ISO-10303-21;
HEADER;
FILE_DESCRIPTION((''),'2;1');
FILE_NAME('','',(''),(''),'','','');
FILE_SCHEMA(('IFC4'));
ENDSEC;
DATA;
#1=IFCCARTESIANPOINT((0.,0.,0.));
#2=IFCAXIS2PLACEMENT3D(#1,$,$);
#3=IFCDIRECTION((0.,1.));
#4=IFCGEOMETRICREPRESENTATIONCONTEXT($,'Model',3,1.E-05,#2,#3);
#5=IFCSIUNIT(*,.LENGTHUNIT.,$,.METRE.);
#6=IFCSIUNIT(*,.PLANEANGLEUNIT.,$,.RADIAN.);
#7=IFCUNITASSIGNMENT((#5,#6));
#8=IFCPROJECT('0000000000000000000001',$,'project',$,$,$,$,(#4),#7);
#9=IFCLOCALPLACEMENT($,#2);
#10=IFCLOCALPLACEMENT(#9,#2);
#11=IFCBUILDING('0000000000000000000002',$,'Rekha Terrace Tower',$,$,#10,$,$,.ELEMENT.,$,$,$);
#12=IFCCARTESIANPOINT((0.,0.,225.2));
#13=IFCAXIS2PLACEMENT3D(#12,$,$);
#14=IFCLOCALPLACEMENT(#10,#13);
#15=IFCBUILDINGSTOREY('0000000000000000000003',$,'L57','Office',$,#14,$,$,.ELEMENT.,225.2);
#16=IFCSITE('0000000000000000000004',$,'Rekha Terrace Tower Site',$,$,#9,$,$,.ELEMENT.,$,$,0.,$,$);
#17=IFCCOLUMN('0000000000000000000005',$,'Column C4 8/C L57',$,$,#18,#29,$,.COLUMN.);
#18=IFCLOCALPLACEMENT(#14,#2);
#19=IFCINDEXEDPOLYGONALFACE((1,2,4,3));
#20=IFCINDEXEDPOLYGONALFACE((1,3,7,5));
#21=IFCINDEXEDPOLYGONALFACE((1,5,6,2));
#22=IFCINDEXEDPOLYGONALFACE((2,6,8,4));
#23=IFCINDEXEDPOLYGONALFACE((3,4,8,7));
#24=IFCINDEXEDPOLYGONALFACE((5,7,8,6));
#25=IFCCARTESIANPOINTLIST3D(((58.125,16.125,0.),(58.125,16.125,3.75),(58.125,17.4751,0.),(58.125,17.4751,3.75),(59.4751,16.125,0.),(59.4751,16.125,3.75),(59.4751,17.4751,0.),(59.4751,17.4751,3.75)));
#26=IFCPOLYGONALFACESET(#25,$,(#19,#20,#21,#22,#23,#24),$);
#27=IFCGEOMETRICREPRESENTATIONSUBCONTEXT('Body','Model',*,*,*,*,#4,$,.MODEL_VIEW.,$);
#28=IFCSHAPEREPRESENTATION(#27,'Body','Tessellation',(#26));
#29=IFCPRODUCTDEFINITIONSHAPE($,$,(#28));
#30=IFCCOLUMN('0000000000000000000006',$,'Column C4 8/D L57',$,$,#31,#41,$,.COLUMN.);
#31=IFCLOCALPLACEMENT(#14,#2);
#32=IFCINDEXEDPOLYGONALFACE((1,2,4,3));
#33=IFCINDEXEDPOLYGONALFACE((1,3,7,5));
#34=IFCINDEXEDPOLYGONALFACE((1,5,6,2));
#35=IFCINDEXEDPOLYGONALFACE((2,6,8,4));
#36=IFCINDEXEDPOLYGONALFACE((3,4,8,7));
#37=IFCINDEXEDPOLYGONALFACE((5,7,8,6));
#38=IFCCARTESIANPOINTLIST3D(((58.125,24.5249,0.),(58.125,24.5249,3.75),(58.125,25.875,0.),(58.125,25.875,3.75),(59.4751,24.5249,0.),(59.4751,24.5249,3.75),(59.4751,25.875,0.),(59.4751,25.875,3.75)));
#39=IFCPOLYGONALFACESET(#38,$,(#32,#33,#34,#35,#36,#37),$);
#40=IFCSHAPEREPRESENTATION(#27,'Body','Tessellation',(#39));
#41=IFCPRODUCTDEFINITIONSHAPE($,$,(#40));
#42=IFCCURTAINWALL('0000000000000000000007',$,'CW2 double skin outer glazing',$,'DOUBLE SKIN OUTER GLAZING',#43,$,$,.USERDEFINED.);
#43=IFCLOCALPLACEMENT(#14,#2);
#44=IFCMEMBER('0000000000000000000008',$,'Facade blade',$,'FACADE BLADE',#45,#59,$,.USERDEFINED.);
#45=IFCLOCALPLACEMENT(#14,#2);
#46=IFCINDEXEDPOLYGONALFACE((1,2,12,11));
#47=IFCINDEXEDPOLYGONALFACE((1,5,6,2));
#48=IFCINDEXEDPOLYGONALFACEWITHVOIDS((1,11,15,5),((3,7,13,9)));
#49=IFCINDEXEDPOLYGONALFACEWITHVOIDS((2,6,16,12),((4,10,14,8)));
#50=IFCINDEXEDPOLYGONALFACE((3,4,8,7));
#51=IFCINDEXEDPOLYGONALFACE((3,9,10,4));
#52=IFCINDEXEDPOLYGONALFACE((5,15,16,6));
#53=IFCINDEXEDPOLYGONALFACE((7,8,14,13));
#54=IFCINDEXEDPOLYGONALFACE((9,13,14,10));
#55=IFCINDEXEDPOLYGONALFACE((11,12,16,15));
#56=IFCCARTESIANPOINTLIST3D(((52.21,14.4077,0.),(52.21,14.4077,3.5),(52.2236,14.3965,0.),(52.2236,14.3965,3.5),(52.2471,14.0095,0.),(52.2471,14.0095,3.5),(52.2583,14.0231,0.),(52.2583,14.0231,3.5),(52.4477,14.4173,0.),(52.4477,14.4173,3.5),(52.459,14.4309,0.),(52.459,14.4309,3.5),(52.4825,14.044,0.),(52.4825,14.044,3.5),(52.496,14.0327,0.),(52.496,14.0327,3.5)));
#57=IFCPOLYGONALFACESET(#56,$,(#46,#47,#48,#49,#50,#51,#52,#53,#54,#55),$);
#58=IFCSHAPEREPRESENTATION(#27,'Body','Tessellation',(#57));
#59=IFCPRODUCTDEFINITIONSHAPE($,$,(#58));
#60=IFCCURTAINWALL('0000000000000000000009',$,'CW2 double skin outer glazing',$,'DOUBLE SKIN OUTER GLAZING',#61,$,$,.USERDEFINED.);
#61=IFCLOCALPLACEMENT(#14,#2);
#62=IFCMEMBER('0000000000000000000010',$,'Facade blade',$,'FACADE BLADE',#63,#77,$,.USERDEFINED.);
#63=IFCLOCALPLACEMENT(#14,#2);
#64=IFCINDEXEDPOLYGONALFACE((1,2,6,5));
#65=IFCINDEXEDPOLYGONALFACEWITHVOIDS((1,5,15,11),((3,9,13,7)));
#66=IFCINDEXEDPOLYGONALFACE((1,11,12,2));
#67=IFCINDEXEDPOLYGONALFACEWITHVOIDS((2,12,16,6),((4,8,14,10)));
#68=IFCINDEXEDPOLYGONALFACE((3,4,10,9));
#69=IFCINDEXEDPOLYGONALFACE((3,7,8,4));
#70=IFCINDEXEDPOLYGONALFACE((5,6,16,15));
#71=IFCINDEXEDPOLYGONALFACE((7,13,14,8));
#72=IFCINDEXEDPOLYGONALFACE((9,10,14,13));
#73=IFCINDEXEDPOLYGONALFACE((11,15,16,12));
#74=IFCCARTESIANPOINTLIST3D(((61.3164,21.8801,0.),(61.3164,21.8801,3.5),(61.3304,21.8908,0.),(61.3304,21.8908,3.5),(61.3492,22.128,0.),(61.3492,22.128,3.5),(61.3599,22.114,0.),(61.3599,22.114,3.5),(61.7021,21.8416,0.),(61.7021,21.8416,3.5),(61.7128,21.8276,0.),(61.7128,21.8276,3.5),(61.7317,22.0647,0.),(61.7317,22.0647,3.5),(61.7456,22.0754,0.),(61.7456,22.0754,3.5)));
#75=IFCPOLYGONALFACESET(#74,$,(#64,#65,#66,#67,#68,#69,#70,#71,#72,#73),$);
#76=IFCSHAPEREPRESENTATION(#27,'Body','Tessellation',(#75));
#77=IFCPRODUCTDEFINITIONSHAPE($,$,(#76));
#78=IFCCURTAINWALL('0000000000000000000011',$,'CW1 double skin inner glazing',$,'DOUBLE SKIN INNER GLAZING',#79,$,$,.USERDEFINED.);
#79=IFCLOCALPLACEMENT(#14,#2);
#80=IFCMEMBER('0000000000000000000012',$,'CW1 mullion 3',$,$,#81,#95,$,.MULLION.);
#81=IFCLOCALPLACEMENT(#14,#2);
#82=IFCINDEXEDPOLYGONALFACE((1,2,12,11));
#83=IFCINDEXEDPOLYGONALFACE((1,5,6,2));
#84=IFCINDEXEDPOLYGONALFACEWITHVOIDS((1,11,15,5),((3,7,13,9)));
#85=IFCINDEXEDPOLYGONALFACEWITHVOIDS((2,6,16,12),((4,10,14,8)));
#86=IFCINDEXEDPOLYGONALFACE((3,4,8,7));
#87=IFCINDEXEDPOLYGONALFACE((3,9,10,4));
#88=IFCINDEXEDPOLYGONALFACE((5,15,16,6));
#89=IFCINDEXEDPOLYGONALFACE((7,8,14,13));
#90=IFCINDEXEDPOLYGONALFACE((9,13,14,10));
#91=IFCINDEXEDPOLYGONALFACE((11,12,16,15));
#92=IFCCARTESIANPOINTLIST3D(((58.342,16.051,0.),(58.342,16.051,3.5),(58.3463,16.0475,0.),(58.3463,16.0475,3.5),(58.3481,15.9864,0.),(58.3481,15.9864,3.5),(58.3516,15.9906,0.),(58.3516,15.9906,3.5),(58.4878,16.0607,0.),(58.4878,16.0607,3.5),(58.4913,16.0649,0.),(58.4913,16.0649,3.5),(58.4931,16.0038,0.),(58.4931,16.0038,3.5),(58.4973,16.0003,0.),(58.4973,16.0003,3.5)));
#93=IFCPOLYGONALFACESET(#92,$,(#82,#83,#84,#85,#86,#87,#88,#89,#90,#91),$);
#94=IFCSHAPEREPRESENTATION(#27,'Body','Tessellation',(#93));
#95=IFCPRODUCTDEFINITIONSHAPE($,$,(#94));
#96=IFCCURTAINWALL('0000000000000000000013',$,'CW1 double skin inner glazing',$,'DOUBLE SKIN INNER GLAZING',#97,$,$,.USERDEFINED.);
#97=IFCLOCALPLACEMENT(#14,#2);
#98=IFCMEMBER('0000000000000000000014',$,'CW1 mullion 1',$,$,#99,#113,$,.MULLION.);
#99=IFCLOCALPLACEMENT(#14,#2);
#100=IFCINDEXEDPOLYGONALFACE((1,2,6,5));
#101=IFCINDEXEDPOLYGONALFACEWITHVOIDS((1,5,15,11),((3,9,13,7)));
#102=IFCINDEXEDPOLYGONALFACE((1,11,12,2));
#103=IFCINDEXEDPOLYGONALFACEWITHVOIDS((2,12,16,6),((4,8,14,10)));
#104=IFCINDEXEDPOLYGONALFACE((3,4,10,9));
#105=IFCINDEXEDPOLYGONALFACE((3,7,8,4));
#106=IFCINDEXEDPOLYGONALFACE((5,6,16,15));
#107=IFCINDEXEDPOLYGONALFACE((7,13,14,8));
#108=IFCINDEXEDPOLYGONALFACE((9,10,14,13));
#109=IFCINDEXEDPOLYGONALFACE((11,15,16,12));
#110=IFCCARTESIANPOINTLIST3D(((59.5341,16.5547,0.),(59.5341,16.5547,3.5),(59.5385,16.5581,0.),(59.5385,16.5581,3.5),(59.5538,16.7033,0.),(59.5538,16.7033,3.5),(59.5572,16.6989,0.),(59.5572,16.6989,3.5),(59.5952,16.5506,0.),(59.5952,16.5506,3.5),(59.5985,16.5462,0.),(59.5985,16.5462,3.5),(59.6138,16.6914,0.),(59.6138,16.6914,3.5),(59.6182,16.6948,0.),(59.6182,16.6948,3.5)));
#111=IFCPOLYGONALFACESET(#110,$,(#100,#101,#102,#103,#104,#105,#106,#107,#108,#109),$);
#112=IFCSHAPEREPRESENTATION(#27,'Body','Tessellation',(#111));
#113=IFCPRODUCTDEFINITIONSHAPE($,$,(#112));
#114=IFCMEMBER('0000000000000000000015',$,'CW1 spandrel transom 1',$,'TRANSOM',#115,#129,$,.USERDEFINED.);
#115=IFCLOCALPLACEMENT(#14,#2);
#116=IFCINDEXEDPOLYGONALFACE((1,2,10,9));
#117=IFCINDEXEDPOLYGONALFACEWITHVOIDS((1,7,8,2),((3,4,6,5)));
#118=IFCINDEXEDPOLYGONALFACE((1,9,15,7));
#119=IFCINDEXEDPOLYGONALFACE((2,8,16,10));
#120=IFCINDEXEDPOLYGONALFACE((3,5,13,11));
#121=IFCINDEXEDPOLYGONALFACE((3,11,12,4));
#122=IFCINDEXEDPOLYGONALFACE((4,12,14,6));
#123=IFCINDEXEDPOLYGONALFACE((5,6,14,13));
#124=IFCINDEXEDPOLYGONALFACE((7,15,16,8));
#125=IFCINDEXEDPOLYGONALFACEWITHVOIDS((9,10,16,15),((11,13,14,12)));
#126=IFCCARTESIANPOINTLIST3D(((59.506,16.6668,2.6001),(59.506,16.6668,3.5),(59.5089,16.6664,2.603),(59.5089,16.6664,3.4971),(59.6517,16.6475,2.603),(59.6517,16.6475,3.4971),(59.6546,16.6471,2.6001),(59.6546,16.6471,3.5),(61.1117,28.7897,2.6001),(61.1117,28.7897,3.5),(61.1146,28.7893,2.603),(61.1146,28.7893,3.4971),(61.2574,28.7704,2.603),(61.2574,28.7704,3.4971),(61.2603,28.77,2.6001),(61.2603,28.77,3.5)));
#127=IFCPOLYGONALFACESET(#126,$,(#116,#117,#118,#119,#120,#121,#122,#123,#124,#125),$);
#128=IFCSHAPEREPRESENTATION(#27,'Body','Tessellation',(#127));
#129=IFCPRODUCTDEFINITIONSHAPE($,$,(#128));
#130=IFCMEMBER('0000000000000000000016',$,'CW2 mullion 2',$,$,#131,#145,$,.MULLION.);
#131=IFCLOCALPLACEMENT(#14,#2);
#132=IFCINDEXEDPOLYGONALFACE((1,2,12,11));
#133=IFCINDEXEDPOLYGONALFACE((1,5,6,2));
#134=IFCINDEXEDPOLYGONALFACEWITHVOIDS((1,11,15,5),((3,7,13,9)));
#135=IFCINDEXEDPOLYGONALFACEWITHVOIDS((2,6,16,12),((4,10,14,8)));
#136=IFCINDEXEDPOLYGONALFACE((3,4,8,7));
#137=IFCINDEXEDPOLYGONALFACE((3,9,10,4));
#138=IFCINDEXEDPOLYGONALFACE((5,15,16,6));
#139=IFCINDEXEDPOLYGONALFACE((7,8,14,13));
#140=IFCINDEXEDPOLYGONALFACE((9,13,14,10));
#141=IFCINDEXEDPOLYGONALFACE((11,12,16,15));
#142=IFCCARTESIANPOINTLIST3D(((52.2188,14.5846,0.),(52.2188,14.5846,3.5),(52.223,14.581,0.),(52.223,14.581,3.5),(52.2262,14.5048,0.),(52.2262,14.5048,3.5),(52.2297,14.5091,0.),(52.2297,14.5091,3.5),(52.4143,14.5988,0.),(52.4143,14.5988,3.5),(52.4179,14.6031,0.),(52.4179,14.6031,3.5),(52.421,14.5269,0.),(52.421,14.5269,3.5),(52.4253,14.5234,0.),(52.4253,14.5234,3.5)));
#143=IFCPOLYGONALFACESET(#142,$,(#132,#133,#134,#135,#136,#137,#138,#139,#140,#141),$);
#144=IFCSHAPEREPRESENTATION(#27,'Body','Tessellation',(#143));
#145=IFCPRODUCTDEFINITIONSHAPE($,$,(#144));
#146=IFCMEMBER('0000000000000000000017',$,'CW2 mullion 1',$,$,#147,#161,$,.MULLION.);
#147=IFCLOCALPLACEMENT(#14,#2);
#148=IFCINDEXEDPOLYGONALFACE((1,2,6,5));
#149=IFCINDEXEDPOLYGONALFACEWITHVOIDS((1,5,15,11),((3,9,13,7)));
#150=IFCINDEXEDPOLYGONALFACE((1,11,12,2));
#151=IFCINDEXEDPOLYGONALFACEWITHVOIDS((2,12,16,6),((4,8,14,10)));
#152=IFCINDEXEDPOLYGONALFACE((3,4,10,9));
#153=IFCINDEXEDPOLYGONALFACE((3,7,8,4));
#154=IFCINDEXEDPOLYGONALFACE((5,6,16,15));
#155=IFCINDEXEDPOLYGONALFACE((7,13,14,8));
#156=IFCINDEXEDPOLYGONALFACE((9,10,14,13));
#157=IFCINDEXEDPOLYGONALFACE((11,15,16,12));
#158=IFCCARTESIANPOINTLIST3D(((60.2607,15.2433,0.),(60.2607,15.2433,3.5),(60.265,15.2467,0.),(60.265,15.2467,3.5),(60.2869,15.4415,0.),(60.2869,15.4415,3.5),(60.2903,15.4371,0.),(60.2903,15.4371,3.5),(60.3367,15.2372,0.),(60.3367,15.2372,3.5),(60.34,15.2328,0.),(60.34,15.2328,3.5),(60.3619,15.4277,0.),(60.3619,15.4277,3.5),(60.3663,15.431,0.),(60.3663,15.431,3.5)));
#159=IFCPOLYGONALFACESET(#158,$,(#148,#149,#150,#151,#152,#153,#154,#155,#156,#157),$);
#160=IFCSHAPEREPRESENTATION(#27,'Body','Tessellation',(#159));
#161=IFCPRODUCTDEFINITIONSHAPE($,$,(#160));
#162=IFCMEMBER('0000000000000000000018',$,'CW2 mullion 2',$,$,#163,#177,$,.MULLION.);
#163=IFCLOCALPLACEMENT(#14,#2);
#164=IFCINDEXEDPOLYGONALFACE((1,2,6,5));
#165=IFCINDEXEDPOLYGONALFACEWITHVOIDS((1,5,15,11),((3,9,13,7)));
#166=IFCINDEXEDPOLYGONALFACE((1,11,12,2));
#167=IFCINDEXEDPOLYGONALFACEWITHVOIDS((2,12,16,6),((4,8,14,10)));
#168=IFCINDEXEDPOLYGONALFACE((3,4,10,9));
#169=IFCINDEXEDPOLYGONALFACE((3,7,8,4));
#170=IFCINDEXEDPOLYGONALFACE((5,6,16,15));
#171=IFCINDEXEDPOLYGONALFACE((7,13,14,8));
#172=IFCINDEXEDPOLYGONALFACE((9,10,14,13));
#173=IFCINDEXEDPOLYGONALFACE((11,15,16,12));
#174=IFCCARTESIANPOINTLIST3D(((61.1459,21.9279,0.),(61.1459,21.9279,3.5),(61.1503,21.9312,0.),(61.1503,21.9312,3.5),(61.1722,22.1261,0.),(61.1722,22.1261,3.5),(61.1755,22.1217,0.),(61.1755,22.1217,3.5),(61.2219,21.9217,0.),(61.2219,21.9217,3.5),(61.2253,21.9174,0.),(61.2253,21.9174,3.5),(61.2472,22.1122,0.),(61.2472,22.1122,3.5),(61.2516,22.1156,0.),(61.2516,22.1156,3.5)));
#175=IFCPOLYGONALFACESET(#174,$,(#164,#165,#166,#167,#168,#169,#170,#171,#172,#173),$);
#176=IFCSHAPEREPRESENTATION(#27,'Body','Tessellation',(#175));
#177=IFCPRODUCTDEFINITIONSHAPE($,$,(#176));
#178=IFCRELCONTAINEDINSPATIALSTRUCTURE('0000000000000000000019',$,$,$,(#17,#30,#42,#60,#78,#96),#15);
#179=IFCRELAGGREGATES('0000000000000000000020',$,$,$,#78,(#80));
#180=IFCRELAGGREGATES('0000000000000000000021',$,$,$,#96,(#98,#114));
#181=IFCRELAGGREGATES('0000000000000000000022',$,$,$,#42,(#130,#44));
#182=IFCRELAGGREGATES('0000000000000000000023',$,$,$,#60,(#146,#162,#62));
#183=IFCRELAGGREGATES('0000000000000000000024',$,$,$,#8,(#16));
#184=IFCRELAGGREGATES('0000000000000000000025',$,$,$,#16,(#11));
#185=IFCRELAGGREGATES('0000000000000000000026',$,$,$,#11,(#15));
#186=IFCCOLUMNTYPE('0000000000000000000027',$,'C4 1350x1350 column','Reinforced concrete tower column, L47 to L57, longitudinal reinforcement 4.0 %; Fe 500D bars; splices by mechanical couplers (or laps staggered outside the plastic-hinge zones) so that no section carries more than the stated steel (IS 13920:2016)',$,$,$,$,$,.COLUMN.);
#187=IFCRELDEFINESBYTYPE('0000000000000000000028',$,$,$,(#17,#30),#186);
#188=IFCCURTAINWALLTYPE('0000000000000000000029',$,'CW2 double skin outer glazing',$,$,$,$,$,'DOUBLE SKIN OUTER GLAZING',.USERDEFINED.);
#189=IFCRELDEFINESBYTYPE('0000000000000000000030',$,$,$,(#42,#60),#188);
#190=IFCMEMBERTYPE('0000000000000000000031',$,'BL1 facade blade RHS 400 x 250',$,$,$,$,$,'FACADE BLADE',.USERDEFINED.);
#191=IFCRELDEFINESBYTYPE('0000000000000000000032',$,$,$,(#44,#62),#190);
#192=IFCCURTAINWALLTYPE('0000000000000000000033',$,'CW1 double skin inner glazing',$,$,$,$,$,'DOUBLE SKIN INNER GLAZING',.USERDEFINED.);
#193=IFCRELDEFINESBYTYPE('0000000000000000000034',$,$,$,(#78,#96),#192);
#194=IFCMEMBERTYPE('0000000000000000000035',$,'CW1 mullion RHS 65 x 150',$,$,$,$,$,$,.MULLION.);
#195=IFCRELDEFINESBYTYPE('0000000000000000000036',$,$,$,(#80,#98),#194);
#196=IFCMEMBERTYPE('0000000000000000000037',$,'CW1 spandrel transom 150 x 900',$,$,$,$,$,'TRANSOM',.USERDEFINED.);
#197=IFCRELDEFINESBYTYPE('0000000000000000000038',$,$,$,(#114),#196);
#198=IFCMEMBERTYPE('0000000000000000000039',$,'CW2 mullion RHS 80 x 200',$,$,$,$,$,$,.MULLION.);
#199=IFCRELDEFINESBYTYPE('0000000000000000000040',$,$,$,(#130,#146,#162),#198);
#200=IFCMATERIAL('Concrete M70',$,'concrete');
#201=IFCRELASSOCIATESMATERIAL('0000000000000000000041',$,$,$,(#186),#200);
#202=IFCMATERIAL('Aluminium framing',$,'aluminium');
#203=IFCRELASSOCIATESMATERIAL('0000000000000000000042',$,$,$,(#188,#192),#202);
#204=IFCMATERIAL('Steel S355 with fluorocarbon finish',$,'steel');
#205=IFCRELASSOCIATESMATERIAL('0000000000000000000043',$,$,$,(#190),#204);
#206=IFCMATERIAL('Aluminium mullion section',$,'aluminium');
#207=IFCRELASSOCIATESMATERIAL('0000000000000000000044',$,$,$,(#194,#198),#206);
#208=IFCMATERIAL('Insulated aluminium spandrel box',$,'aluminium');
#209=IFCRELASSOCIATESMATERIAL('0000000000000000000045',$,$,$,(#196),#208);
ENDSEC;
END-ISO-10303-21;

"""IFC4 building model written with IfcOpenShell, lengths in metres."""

from ifc_helpers import new_model, si_unit, direction, frame, origin, origin_2d, place, context, subcontext, project, spatial, rectangle, hollow_rectangle, extrude, material, material_profile, profile_set, type_object, element, aggregate, save


model = new_model("IFC4")

# Units and contexts
model_context = context("Model", 3, precision=1e-05, world=origin(), true_north=direction((0.0, 1.0)))
body_context = subcontext(model_context, "Body", "Model", "MODEL_VIEW")
ifc_project = project(units=[si_unit("LENGTHUNIT", "METRE"), si_unit("PLANEANGLEUNIT", "RADIAN")], contexts=[model_context])

# Site, building, storey
site_placement = place(None, origin())
site = spatial("IfcSite", under=ifc_project, at=site_placement, Name="Rekha Terrace Tower Site", CompositionType="ELEMENT", RefElevation=0.0)
building_placement = place(site_placement, origin())
building = spatial("IfcBuilding", under=site, at=building_placement, Name="Rekha Terrace Tower", CompositionType="ELEMENT")
storey_placement = place(building_placement, frame((0.0, 0.0, 225.2)))
storey = spatial("IfcBuildingStorey", under=building, at=storey_placement, Name="L57", Description="Office", CompositionType="ELEMENT", Elevation=225.2)

# Columns
ifc_material_1 = material(Name="Concrete M70", Category="concrete")
ifc_material_profile_1 = material_profile(ifc_material_1, rectangle(XDim=1.3501, YDim=1.3501, at=origin_2d()), Name="RC 1350x1350")
ifc_profile_set_1 = profile_set([ifc_material_profile_1], Name="Concrete M70")
column_type = type_object("IfcColumnType", Name="C4 1350x1350 column", Description="Reinforced concrete tower column, L47 to L57, longitudinal reinforcement 4.0 %; Fe 500D bars; splices by mechanical couplers (or laps staggered outside the plastic-hinge zones) so that no section carries more than the stated steel (IS 13920:2016)", PredefinedType="COLUMN", material=ifc_profile_set_1)
for number, where, z_axis, x_axis, name in (
    (1, (58.8, 16.8, 0.0), (0.0, 0.0, 1.0), (1.0, 0.0, 0.0), "Column C4 8/C L57"),
    (2, (58.8, 25.2, 0.0), (0.0, 0.0, 1.0), (1.0, 0.0, 0.0), "Column C4 8/D L57"),
):
    element("IfcColumn", number, at=place(storey_placement, frame(where, z_axis=z_axis, x_axis=x_axis)), inside=storey, type_object=column_type, Name=name, PredefinedType="COLUMN", context=body_context, shape_type="SweptSolid", body=[
        extrude(rectangle(XDim=1.3501, YDim=1.3501, at=origin_2d()), origin(), (0.0, 0.0, 1.0), 3.75),
    ])

# Curtain walls, members
ifc_material_2 = material(Name="Aluminium framing", Category="aluminium")
curtain_wall_type_1 = type_object("IfcCurtainWallType", Name="CW2 double skin outer glazing", ElementType="DOUBLE SKIN OUTER GLAZING", PredefinedType="USERDEFINED", material=ifc_material_2)
curtain_wall_1_placement = place(storey_placement, origin())
curtain_wall_1 = element("IfcCurtainWall", 3, at=curtain_wall_1_placement, inside=storey, type_object=curtain_wall_type_1, Name="CW2 double skin outer glazing", ObjectType="DOUBLE SKIN OUTER GLAZING", PredefinedType="USERDEFINED")
ifc_material_3 = material(Name="Steel S355 with fluorocarbon finish", Category="steel")
ifc_material_profile_2 = material_profile(ifc_material_3, hollow_rectangle(XDim=0.25, YDim=0.3999, WallThickness=0.0125, at=origin_2d()), Name="RHS400x250x12.5")
ifc_profile_set_2 = profile_set([ifc_material_profile_2], Name="Steel S355 with fluorocarbon finish")
member_type_1 = type_object("IfcMemberType", Name="BL1 facade blade RHS 400 x 250", ElementType="FACADE BLADE", PredefinedType="USERDEFINED", material=ifc_profile_set_2)
member_1_placement = place(storey_placement, frame((52.353, 14.2202, 0.0), z_axis=(0.0, 0.0, 1.0), x_axis=(0.995693, 0.092709, 0.0)))
member_1 = element("IfcMember", 4, at=member_1_placement, type_object=member_type_1, Name="Facade blade", ObjectType="FACADE BLADE", PredefinedType="USERDEFINED", context=body_context, shape_type="SweptSolid", body=[
    extrude(hollow_rectangle(XDim=0.25, YDim=0.3999, WallThickness=0.0125, at=origin_2d()), origin(), (0.0, 0.0, 1.0), 3.5),
])
curtain_wall_2_placement = place(storey_placement, origin())
curtain_wall_2 = element("IfcCurtainWall", 5, at=curtain_wall_2_placement, inside=storey, type_object=curtain_wall_type_1, Name="CW2 double skin outer glazing", ObjectType="DOUBLE SKIN OUTER GLAZING", PredefinedType="USERDEFINED")
member_2_placement = place(storey_placement, frame((61.531, 21.9778, 0.0), z_axis=(0.0, 0.0, 1.0), x_axis=(0.131303, 0.991342, 0.0)))
member_2 = element("IfcMember", 6, at=member_2_placement, type_object=member_type_1, Name="Facade blade", ObjectType="FACADE BLADE", PredefinedType="USERDEFINED", context=body_context, shape_type="SweptSolid", body=[
    extrude(hollow_rectangle(XDim=0.25, YDim=0.3999, WallThickness=0.0125, at=origin_2d()), origin(), (0.0, 0.0, 1.0), 3.5),
])
curtain_wall_type_2 = type_object("IfcCurtainWallType", Name="CW1 double skin inner glazing", ElementType="DOUBLE SKIN INNER GLAZING", PredefinedType="USERDEFINED", material=ifc_material_2)
curtain_wall_3_placement = place(storey_placement, origin())
curtain_wall_3 = element("IfcCurtainWall", 7, at=curtain_wall_3_placement, inside=storey, type_object=curtain_wall_type_2, Name="CW1 double skin inner glazing", ObjectType="DOUBLE SKIN INNER GLAZING", PredefinedType="USERDEFINED")
ifc_material_4 = material(Name="Aluminium mullion section", Category="aluminium")
ifc_material_profile_3 = material_profile(ifc_material_4, hollow_rectangle(XDim=0.0649, YDim=0.1499, WallThickness=0.0039, at=origin_2d()), Name="AL RHS 65x150")
ifc_profile_set_3 = profile_set([ifc_material_profile_3], Name="Aluminium mullion section")
member_type_2 = type_object("IfcMemberType", Name="CW1 mullion RHS 65 x 150", PredefinedType="MULLION", material=ifc_profile_set_3)
member_3_placement = place(storey_placement, frame((58.4197, 16.0256, 0.0), z_axis=(0.0, 0.0, 1.0), x_axis=(-0.092709, 0.995693, 0.0)))
member_3 = element("IfcMember", 8, at=member_3_placement, type_object=member_type_2, Name="CW1 mullion 3", PredefinedType="MULLION", context=body_context, shape_type="SweptSolid", body=[
    extrude(hollow_rectangle(XDim=0.0649, YDim=0.1499, WallThickness=0.0039, at=origin_2d()), origin(), (0.0, 0.0, 1.0), 3.5),
])

# Curtain wall, members
curtain_wall_4_placement = place(storey_placement, origin())
curtain_wall_4 = element("IfcCurtainWall", 9, at=curtain_wall_4_placement, inside=storey, type_object=curtain_wall_type_2, Name="CW1 double skin inner glazing", ObjectType="DOUBLE SKIN INNER GLAZING", PredefinedType="USERDEFINED")
member_4_placement = place(storey_placement, frame((59.5762, 16.6248, 0.0), z_axis=(0.0, 0.0, 1.0), x_axis=(-0.991342, 0.131304, 0.0)))
member_4 = element("IfcMember", 10, at=member_4_placement, type_object=member_type_2, Name="CW1 mullion 1", PredefinedType="MULLION", context=body_context, shape_type="SweptSolid", body=[
    extrude(hollow_rectangle(XDim=0.0649, YDim=0.1499, WallThickness=0.0039, at=origin_2d()), origin(), (0.0, 0.0, 1.0), 3.5),
])
ifc_material_5 = material(Name="Insulated aluminium spandrel box", Category="aluminium")
ifc_material_profile_4 = material_profile(ifc_material_5, hollow_rectangle(XDim=0.1499, YDim=0.8999, WallThickness=0.0029, at=origin_2d()), Name="AL SPANDREL BOX 150x900")
ifc_profile_set_4 = profile_set([ifc_material_profile_4], Name="Insulated aluminium spandrel box")
member_type_3 = type_object("IfcMemberType", Name="CW1 spandrel transom 150 x 900", ElementType="TRANSOM", PredefinedType="USERDEFINED", material=ifc_profile_set_4)
member_5_placement = place(storey_placement, frame((59.5803, 16.657, 3.05), z_axis=(0.131307, 0.991342, 0.0), x_axis=(-0.991342, 0.131307, 0.0)))
member_5 = element("IfcMember", 11, at=member_5_placement, type_object=member_type_3, Name="CW1 spandrel transom 1", ObjectType="TRANSOM", PredefinedType="USERDEFINED", context=body_context, shape_type="SweptSolid", body=[
    extrude(hollow_rectangle(XDim=0.1499, YDim=0.8999, WallThickness=0.0029, at=origin_2d()), origin(), (0.0, 0.0, 1.0), 12.2288),
])

# Members
ifc_material_profile_5 = material_profile(ifc_material_4, hollow_rectangle(XDim=0.0801, YDim=0.2, WallThickness=0.0039, at=origin_2d()), Name="AL RHS 80x200")
ifc_profile_set_5 = profile_set([ifc_material_profile_5], Name="Aluminium mullion section")
member_type_4 = type_object("IfcMemberType", Name="CW2 mullion RHS 80 x 200", PredefinedType="MULLION", material=ifc_profile_set_5)
member_6_placement = place(storey_placement, frame((52.322, 14.554, 0.0), z_axis=(0.0, 0.0, 1.0), x_axis=(-0.092709, 0.995693, 0.0)))
member_6 = element("IfcMember", 12, at=member_6_placement, type_object=member_type_4, Name="CW2 mullion 2", PredefinedType="MULLION", context=body_context, shape_type="SweptSolid", body=[
    extrude(hollow_rectangle(XDim=0.0801, YDim=0.2, WallThickness=0.0039, at=origin_2d()), origin(), (0.0, 0.0, 1.0), 3.5),
])
member_7_placement = place(storey_placement, frame((60.3135, 15.3372, 0.0), z_axis=(0.0, 0.0, 1.0), x_axis=(-0.991342, 0.131304, 0.0)))
member_7 = element("IfcMember", 13, at=member_7_placement, type_object=member_type_4, Name="CW2 mullion 1", PredefinedType="MULLION", context=body_context, shape_type="SweptSolid", body=[
    extrude(hollow_rectangle(XDim=0.0801, YDim=0.2, WallThickness=0.0039, at=origin_2d()), origin(), (0.0, 0.0, 1.0), 3.5),
])
member_8_placement = place(storey_placement, frame((61.1987, 22.0217, 0.0), z_axis=(0.0, 0.0, 1.0), x_axis=(-0.991342, 0.131304, 0.0)))
member_8 = element("IfcMember", 14, at=member_8_placement, type_object=member_type_4, Name="CW2 mullion 2", PredefinedType="MULLION", context=body_context, shape_type="SweptSolid", body=[
    extrude(hollow_rectangle(XDim=0.0801, YDim=0.2, WallThickness=0.0039, at=origin_2d()), origin(), (0.0, 0.0, 1.0), 3.5),
])

aggregate(curtain_wall_3, [member_3])
aggregate(curtain_wall_4, [member_4, member_5])
aggregate(curtain_wall_1, [member_6, member_1])
aggregate(curtain_wall_2, [member_7, member_8, member_2])

save(model, "model.ifc")
